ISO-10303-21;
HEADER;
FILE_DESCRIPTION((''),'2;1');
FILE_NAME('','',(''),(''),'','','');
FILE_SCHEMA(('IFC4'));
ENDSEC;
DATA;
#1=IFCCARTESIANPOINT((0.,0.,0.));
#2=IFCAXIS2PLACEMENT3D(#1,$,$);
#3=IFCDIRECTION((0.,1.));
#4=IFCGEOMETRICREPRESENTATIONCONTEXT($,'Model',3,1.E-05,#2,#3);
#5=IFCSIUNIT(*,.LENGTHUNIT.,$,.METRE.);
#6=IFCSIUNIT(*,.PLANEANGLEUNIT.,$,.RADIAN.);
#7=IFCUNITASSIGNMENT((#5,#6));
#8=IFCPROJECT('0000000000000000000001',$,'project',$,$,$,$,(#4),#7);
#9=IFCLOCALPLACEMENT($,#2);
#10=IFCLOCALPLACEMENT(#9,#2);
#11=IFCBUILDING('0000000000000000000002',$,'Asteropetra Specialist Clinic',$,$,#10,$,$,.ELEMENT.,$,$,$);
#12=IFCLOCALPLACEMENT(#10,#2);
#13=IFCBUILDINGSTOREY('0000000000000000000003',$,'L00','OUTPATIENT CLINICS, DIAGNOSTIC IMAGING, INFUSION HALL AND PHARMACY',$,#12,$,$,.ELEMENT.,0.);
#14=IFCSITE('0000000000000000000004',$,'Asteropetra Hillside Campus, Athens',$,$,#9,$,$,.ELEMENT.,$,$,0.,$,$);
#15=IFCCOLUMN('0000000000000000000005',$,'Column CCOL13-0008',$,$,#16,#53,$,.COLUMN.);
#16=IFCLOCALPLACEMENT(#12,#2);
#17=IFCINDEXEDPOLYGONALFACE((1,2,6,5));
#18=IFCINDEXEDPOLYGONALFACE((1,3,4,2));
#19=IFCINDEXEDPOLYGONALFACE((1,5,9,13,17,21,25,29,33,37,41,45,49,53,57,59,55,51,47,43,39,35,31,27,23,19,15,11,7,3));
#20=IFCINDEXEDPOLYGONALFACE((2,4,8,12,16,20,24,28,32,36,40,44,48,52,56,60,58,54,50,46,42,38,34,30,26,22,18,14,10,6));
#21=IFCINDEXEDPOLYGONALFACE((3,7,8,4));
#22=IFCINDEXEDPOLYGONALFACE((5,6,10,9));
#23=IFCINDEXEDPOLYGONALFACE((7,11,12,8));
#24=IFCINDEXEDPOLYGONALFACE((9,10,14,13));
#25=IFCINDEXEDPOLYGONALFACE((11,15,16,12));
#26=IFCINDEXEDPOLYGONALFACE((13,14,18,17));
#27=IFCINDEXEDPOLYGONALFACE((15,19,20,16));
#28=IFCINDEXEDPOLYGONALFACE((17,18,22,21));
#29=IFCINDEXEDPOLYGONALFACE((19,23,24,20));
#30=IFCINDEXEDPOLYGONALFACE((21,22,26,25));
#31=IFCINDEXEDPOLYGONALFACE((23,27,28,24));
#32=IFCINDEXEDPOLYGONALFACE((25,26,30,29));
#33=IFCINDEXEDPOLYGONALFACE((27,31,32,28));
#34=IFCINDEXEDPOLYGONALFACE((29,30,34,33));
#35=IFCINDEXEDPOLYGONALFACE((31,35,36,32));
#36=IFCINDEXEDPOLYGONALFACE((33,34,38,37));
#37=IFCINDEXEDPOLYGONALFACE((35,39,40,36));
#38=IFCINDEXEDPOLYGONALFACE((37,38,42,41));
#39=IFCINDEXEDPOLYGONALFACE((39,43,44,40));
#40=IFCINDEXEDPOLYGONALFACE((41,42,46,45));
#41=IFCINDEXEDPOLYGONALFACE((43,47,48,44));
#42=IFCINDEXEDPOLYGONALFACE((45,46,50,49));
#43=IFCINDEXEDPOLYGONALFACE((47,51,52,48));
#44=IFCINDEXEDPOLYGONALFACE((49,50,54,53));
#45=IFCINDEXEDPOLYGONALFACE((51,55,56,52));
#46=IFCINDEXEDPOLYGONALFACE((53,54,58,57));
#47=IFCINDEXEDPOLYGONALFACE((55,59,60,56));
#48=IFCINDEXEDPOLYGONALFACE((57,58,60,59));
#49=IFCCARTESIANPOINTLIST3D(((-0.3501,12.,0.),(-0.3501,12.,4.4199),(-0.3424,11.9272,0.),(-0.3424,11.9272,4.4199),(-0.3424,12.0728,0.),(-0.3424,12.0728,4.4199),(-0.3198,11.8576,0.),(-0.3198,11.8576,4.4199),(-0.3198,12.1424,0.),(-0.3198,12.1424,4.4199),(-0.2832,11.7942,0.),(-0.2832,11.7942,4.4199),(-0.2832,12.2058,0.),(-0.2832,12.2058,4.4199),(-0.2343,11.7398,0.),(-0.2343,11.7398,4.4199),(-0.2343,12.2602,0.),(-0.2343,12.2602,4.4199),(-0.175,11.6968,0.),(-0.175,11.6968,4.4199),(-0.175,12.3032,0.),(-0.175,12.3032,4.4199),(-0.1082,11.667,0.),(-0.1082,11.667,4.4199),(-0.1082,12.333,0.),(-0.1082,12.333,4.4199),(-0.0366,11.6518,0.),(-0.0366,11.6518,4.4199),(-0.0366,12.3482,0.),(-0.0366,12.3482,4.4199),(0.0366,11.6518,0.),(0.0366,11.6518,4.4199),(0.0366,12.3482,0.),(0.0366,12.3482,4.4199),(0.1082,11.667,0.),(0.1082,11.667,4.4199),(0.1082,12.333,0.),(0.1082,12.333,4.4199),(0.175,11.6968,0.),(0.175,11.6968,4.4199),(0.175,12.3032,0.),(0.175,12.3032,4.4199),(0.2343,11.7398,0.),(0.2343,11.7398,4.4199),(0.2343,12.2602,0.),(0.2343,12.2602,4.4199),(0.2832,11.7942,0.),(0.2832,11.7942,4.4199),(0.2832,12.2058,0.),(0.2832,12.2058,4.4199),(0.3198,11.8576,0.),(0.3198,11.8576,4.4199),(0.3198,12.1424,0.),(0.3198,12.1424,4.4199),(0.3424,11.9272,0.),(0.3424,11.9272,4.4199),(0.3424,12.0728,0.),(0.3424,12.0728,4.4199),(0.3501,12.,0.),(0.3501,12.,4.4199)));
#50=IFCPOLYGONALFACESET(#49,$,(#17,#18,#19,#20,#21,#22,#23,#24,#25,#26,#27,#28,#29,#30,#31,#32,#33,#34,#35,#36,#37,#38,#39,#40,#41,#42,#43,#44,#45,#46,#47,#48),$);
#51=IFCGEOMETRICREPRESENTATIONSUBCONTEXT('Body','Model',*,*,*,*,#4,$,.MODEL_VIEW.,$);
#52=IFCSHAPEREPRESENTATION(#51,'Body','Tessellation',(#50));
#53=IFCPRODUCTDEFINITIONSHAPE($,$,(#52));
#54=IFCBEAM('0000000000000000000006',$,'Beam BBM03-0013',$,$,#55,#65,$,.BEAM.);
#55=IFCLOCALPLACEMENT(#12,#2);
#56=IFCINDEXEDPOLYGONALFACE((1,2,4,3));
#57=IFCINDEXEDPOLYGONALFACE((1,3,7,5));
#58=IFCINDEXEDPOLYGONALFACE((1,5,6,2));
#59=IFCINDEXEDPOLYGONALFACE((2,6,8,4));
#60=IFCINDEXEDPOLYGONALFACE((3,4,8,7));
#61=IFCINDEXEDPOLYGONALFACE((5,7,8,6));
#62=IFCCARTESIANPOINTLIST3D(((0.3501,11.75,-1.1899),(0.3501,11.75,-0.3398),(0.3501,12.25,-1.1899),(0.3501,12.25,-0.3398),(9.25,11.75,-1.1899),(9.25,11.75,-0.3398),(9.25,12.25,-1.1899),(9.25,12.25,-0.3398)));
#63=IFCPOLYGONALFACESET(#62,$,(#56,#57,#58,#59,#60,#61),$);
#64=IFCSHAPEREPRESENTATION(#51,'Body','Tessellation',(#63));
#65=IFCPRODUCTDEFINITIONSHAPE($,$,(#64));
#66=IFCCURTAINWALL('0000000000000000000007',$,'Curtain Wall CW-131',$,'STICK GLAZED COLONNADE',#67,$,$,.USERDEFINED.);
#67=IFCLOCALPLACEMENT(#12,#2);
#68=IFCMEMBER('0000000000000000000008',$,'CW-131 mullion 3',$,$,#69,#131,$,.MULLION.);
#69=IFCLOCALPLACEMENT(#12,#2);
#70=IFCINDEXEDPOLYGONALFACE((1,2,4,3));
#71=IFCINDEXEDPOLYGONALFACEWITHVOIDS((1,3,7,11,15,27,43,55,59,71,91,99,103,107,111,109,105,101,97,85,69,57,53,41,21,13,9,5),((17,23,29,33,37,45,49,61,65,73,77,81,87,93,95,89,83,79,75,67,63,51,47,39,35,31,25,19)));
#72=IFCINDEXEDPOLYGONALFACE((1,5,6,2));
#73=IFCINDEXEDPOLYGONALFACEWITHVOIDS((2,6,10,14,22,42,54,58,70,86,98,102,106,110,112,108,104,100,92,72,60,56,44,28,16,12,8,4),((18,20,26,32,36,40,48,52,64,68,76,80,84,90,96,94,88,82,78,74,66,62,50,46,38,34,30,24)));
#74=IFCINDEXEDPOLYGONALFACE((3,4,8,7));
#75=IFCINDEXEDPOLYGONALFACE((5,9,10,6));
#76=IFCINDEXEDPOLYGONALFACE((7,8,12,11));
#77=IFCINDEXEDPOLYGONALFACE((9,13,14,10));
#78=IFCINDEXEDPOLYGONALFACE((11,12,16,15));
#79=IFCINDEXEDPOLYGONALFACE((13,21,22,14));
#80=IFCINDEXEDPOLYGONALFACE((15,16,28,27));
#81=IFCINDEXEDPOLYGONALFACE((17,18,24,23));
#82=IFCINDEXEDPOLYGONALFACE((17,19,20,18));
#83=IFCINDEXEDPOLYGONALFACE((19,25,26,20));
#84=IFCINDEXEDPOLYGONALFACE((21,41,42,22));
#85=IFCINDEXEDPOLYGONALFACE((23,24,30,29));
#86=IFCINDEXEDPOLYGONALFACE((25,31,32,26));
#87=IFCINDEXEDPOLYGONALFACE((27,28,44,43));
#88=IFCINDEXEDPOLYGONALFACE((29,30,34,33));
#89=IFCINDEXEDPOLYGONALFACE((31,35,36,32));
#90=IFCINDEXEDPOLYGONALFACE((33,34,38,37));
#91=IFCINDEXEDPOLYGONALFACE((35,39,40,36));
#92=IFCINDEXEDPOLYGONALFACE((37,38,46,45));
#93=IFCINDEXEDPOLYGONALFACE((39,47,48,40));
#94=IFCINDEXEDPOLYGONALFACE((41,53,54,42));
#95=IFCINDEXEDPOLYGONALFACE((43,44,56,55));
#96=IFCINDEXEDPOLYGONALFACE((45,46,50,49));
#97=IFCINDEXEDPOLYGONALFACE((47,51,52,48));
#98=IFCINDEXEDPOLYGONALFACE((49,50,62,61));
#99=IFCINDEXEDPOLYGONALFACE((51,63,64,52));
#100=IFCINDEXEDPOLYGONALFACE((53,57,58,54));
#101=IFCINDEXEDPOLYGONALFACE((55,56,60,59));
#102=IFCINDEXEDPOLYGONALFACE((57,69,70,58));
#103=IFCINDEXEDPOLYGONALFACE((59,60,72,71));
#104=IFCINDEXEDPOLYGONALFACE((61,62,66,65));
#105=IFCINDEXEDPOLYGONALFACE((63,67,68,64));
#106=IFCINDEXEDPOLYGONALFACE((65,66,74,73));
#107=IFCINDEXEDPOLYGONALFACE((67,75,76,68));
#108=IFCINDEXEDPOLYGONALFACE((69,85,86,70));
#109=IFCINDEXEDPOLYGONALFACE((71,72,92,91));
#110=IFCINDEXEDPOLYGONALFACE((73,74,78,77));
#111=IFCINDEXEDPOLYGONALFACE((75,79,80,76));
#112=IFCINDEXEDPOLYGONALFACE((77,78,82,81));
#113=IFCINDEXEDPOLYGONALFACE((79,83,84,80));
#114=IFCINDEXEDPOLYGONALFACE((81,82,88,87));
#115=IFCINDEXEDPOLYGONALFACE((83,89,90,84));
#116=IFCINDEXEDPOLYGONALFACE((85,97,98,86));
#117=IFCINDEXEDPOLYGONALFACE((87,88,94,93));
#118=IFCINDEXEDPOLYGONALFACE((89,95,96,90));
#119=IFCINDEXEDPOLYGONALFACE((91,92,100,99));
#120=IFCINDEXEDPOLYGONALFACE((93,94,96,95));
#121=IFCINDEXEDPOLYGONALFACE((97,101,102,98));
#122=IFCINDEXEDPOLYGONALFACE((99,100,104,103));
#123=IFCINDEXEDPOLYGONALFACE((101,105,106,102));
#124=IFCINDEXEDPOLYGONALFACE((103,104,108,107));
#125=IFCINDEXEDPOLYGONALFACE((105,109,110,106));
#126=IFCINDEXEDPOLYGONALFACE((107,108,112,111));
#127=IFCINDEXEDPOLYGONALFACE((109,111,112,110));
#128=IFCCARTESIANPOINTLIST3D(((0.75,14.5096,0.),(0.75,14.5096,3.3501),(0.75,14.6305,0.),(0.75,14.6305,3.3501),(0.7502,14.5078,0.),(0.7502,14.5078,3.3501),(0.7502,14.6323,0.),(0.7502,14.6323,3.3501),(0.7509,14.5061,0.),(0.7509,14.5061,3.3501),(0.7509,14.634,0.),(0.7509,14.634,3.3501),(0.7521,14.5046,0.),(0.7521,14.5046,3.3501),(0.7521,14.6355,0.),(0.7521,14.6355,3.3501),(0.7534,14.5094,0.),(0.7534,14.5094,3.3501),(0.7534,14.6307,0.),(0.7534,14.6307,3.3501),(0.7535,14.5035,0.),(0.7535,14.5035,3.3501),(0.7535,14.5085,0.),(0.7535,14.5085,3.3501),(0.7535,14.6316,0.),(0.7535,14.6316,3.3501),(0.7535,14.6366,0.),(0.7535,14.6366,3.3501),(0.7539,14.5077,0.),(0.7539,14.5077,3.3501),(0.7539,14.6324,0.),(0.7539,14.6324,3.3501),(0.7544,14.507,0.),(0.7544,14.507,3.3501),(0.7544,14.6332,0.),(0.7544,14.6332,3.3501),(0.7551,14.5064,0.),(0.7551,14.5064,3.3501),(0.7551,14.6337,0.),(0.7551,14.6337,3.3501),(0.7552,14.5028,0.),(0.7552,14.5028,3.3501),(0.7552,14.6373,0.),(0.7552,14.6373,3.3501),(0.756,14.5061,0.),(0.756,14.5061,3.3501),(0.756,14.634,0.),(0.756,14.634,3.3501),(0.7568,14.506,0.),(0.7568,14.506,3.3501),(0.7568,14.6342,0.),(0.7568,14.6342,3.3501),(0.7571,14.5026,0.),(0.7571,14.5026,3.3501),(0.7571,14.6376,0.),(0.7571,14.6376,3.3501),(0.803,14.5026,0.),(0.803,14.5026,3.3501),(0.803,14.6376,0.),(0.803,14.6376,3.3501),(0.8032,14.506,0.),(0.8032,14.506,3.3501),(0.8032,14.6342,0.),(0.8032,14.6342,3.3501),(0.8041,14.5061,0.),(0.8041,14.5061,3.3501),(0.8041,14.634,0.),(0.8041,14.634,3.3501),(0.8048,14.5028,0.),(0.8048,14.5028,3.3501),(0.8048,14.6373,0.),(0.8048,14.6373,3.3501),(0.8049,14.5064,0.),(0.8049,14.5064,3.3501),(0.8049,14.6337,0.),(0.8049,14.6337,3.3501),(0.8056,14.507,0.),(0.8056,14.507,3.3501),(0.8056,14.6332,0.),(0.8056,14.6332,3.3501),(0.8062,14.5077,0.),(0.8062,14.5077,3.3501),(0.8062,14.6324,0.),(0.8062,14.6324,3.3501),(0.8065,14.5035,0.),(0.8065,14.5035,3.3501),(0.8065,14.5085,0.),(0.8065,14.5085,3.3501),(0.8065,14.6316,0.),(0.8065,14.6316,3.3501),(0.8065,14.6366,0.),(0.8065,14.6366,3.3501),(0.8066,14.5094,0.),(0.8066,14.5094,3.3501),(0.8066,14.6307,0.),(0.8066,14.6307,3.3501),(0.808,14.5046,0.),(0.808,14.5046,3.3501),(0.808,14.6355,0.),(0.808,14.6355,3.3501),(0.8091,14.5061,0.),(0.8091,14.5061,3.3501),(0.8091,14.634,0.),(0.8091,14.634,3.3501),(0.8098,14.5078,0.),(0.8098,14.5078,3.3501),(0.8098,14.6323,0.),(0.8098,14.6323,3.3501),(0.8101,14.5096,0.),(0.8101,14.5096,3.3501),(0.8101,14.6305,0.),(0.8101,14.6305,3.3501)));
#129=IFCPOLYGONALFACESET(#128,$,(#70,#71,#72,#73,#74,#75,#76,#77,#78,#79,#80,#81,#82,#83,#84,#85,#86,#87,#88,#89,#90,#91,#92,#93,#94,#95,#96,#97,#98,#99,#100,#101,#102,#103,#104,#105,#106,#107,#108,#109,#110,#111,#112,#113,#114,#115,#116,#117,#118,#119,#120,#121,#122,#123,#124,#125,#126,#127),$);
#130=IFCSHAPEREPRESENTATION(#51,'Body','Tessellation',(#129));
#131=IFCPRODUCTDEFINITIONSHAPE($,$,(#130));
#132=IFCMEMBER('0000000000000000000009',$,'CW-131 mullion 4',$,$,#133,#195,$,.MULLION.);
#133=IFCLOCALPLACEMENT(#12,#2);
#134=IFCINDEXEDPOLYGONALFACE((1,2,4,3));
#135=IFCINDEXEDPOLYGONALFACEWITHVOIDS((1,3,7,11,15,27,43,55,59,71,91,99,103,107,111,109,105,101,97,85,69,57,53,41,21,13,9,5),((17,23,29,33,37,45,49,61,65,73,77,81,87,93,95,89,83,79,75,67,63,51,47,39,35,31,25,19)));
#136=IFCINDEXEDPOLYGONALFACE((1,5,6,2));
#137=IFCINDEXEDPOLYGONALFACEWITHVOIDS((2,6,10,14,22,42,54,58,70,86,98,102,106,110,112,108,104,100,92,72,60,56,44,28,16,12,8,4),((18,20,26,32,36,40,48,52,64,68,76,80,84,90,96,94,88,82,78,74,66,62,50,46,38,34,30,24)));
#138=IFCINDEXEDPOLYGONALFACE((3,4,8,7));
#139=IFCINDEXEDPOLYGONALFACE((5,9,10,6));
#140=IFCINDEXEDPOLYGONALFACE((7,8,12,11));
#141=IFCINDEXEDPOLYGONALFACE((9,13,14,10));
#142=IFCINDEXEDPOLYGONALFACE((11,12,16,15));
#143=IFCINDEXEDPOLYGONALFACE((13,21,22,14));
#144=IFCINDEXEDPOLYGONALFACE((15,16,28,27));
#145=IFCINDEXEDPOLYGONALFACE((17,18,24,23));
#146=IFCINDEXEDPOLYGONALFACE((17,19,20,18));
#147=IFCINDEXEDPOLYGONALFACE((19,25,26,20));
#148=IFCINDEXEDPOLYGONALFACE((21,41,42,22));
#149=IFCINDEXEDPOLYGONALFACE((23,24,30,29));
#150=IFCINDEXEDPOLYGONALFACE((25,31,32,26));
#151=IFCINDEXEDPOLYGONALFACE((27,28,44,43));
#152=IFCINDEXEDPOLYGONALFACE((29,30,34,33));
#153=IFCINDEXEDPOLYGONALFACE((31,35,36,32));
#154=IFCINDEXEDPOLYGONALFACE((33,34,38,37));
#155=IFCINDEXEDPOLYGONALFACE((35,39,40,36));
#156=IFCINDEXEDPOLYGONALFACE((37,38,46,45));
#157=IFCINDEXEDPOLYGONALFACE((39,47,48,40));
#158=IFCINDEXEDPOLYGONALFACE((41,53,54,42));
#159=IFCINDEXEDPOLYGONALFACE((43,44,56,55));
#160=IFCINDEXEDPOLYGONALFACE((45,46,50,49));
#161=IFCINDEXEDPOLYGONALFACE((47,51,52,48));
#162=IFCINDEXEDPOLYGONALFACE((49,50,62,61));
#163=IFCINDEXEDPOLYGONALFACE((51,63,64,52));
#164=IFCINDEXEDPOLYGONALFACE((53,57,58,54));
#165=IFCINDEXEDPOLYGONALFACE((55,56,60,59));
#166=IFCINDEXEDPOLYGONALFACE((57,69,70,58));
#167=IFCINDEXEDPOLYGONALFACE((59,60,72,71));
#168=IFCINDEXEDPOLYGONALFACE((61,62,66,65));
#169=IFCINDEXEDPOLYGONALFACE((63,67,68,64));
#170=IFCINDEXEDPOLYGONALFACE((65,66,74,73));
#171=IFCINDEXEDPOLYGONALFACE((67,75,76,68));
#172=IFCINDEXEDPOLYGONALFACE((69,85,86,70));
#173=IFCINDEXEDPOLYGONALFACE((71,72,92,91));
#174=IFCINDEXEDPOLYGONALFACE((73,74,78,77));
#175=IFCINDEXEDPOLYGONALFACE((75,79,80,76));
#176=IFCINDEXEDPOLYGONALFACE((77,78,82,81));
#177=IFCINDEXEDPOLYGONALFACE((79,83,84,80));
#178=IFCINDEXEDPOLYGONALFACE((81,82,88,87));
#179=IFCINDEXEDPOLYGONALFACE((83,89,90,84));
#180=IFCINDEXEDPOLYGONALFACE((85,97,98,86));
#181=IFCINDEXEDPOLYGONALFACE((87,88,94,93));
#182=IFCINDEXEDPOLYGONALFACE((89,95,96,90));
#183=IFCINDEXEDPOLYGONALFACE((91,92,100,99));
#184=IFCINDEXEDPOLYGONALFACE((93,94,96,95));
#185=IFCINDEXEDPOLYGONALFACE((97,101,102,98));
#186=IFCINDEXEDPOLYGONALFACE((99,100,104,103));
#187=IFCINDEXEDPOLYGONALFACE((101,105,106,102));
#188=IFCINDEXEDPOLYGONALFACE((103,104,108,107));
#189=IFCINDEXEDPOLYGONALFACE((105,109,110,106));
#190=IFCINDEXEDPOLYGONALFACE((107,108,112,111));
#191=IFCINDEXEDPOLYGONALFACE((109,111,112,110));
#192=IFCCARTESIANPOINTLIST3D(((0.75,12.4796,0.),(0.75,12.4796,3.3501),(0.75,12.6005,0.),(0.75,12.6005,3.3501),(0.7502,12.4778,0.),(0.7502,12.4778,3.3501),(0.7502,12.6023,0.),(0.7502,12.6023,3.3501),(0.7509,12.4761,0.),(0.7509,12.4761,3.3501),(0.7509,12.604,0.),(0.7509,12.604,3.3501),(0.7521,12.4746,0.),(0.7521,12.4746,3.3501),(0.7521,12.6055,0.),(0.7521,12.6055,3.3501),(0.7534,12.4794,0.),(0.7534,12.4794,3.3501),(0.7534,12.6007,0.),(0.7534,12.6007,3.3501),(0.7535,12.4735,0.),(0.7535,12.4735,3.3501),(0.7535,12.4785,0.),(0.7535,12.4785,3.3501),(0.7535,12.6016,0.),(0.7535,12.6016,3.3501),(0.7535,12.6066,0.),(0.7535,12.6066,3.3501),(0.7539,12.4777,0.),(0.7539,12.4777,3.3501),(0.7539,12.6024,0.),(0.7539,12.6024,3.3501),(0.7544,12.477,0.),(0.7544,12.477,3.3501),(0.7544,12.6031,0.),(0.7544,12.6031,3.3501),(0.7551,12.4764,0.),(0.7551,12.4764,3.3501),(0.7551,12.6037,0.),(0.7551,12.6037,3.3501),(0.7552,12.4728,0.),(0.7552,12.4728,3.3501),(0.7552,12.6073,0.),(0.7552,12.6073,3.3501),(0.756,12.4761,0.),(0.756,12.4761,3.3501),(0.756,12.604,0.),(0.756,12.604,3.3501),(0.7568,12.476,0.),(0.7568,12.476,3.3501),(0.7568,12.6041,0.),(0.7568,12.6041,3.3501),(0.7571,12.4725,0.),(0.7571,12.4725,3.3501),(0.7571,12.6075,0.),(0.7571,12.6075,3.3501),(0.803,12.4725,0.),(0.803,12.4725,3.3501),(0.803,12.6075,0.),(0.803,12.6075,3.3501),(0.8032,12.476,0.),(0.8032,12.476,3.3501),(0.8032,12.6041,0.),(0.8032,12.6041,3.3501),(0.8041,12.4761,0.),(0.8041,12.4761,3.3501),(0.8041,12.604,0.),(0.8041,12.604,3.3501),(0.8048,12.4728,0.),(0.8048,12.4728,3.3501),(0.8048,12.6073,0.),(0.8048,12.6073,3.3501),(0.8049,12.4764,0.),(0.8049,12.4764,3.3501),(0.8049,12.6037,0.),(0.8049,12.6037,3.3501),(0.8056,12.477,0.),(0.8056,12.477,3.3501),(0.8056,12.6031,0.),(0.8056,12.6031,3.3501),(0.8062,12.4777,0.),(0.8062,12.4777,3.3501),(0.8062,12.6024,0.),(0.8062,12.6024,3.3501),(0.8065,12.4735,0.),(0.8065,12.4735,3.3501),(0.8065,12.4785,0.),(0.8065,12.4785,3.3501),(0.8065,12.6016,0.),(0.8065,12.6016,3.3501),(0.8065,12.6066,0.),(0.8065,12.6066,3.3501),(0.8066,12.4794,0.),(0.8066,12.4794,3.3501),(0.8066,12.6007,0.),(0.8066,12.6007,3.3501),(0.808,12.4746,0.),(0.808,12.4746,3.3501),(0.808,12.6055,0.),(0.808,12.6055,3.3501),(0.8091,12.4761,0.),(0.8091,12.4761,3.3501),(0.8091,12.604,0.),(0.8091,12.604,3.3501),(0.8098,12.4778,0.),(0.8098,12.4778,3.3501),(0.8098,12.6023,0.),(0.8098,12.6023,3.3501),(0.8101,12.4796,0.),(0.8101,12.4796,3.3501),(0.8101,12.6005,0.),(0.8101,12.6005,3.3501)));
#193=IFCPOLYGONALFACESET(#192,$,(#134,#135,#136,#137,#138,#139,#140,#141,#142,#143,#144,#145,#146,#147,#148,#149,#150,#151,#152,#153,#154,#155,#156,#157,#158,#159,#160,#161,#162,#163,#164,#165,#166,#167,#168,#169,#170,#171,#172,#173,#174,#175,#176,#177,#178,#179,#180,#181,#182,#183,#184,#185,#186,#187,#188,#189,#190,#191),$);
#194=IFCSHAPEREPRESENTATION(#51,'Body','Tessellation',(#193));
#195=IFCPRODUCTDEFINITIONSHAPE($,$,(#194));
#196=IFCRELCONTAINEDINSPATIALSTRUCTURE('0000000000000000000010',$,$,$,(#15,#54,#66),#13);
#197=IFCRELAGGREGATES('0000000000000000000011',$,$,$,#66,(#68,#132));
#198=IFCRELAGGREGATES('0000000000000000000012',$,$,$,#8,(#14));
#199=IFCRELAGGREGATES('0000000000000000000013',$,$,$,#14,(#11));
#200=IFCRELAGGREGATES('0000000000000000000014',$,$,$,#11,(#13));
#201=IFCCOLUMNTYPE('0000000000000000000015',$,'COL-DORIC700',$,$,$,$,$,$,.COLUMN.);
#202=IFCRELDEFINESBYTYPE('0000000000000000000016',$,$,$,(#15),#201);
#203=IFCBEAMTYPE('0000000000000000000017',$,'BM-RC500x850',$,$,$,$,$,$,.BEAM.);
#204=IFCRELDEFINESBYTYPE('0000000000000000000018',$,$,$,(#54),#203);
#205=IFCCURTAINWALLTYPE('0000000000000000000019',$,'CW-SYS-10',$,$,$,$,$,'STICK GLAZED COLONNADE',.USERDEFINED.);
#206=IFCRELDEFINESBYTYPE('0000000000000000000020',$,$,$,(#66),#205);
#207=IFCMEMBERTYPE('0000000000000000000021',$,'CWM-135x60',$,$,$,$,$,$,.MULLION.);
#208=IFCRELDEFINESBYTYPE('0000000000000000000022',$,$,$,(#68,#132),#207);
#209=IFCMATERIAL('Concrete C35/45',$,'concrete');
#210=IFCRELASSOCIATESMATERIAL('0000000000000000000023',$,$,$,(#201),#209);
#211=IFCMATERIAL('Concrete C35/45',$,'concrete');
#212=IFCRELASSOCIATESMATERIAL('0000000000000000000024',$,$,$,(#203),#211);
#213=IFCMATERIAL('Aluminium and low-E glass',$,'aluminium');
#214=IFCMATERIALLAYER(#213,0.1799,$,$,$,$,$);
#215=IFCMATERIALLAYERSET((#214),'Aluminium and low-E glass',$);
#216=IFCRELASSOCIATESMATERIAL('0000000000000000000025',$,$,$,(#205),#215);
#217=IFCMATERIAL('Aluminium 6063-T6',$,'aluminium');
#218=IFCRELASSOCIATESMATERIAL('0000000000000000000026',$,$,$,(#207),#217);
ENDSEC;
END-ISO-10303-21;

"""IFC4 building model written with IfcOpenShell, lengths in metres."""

from ifc_helpers import new_model, si_unit, direction, frame, origin, origin_2d, place, context, subcontext, project, spatial, rectangle, hollow_rectangle, circle, extrude, material, layer, layer_set, material_profile, profile_set, type_object, element, aggregate, save


model = new_model("IFC4")

# Units and contexts
model_context = context("Model", 3, precision=1e-05, world=origin(), true_north=direction((0.0, 1.0)))
body_context = subcontext(model_context, "Body", "Model", "MODEL_VIEW")
ifc_project = project(units=[si_unit("LENGTHUNIT", "METRE"), si_unit("PLANEANGLEUNIT", "RADIAN")], contexts=[model_context])

# Site, building, storey
site_placement = place(None, origin())
site = spatial("IfcSite", under=ifc_project, at=site_placement, Name="Asteropetra Hillside Campus, Athens", CompositionType="ELEMENT", RefElevation=0.0)
building_placement = place(site_placement, origin())
building = spatial("IfcBuilding", under=site, at=building_placement, Name="Asteropetra Specialist Clinic", CompositionType="ELEMENT")
storey_placement = place(building_placement, origin())
storey = spatial("IfcBuildingStorey", under=building, at=storey_placement, Name="L00", Description="OUTPATIENT CLINICS, DIAGNOSTIC IMAGING, INFUSION HALL AND PHARMACY", CompositionType="ELEMENT", Elevation=0.0)

# Column
ifc_material_1 = material(Name="Concrete C35/45", Category="concrete")
ifc_material_profile_1 = material_profile(ifc_material_1, circle(Radius=0.3501, at=origin_2d()), Name="RCC D700")
ifc_profile_set_1 = profile_set([ifc_material_profile_1], Name="Concrete C35/45")
column_type = type_object("IfcColumnType", Name="COL-DORIC700", PredefinedType="COLUMN", material=ifc_profile_set_1)
column_placement = place(storey_placement, frame((0.0, 12.0, 0.0), z_axis=(0.0, 0.0, 1.0), x_axis=(1.0, 0.0, 0.0)))
element("IfcColumn", 1, at=column_placement, inside=storey, type_object=column_type, Name="Column CCOL13-0008", PredefinedType="COLUMN", context=body_context, shape_type="SweptSolid", body=[
    extrude(circle(Radius=0.3501, at=origin_2d()), origin(), (0.0, 0.0, 1.0), 4.4199),
])

# Beam
ifc_material_2 = material(Name="Concrete C35/45", Category="concrete")
ifc_material_profile_2 = material_profile(ifc_material_2, rectangle(XDim=0.5, YDim=0.8501, at=origin_2d()), Name="RCB 500x850")
ifc_profile_set_2 = profile_set([ifc_material_profile_2], Name="Concrete C35/45")
beam_type_1 = type_object("IfcBeamType", Name="BM-RC500x850", PredefinedType="BEAM", material=ifc_profile_set_2)
beam_1_placement = place(storey_placement, frame((0.3501, 12.0, -0.7649), z_axis=(1.0, 0.0, 0.0), x_axis=(0.0, 1.0, 0.0)))
element("IfcBeam", 2, at=beam_1_placement, inside=storey, type_object=beam_type_1, Name="Beam BBM03-0013", PredefinedType="BEAM", context=body_context, shape_type="SweptSolid", body=[
    extrude(rectangle(XDim=0.5, YDim=0.8501, at=origin_2d()), origin(), (0.0, 0.0, 1.0), 8.8999),
])

# Curtain wall, members
ifc_material_3 = material(Name="Aluminium and low-E glass", Category="aluminium")
ifc_layer_1 = layer(ifc_material_3, 0.1799)
ifc_layer_set_1 = layer_set([ifc_layer_1], Name="Aluminium and low-E glass")
curtain_wall_type = type_object("IfcCurtainWallType", Name="CW-SYS-10", ElementType="STICK GLAZED COLONNADE", PredefinedType="USERDEFINED", material=ifc_layer_set_1)
curtain_wall_1_placement = place(storey_placement, origin())
curtain_wall_1 = element("IfcCurtainWall", 3, at=curtain_wall_1_placement, inside=storey, type_object=curtain_wall_type, Name="Curtain Wall CW-131", ObjectType="STICK GLAZED COLONNADE", PredefinedType="USERDEFINED")
ifc_material_4 = material(Name="Aluminium 6063-T6", Category="aluminium")
ifc_material_profile_3 = material_profile(ifc_material_4, hollow_rectangle(XDim=0.0601, YDim=0.135, WallThickness=0.0034, InnerFilletRadius=0.0034, OuterFilletRadius=0.0071, at=origin_2d()), Name="MUL 135x60x3.5")
ifc_profile_set_3 = profile_set([ifc_material_profile_3], Name="Aluminium 6063-T6")
member_type_1 = type_object("IfcMemberType", Name="CWM-135x60", PredefinedType="MULLION", material=ifc_profile_set_3)
member_1_placement = place(storey_placement, frame((0.78, 14.5701, 0.0), z_axis=(0.0, 0.0, 1.0), x_axis=(1.0, 0.0, 0.0)))
member_1 = element("IfcMember", 4, at=member_1_placement, type_object=member_type_1, Name="CW-131 mullion 3", PredefinedType="MULLION", context=body_context, shape_type="SweptSolid", body=[
    extrude(hollow_rectangle(XDim=0.0601, YDim=0.135, WallThickness=0.0034, InnerFilletRadius=0.0034, OuterFilletRadius=0.0071, at=origin_2d()), origin(), (0.0, 0.0, 1.0), 3.3501),
])
member_2_placement = place(storey_placement, frame((0.78, 12.54, 0.0), z_axis=(0.0, 0.0, 1.0), x_axis=(1.0, 0.0, 0.0)))
member_2 = element("IfcMember", 5, at=member_2_placement, type_object=member_type_1, Name="CW-131 mullion 4", PredefinedType="MULLION", context=body_context, shape_type="SweptSolid", body=[
    extrude(hollow_rectangle(XDim=0.0601, YDim=0.135, WallThickness=0.0034, InnerFilletRadius=0.0034, OuterFilletRadius=0.0071, at=origin_2d()), origin(), (0.0, 0.0, 1.0), 3.3501),
])

aggregate(curtain_wall_1, [member_1, member_2])

save(model, "model.ifc")
